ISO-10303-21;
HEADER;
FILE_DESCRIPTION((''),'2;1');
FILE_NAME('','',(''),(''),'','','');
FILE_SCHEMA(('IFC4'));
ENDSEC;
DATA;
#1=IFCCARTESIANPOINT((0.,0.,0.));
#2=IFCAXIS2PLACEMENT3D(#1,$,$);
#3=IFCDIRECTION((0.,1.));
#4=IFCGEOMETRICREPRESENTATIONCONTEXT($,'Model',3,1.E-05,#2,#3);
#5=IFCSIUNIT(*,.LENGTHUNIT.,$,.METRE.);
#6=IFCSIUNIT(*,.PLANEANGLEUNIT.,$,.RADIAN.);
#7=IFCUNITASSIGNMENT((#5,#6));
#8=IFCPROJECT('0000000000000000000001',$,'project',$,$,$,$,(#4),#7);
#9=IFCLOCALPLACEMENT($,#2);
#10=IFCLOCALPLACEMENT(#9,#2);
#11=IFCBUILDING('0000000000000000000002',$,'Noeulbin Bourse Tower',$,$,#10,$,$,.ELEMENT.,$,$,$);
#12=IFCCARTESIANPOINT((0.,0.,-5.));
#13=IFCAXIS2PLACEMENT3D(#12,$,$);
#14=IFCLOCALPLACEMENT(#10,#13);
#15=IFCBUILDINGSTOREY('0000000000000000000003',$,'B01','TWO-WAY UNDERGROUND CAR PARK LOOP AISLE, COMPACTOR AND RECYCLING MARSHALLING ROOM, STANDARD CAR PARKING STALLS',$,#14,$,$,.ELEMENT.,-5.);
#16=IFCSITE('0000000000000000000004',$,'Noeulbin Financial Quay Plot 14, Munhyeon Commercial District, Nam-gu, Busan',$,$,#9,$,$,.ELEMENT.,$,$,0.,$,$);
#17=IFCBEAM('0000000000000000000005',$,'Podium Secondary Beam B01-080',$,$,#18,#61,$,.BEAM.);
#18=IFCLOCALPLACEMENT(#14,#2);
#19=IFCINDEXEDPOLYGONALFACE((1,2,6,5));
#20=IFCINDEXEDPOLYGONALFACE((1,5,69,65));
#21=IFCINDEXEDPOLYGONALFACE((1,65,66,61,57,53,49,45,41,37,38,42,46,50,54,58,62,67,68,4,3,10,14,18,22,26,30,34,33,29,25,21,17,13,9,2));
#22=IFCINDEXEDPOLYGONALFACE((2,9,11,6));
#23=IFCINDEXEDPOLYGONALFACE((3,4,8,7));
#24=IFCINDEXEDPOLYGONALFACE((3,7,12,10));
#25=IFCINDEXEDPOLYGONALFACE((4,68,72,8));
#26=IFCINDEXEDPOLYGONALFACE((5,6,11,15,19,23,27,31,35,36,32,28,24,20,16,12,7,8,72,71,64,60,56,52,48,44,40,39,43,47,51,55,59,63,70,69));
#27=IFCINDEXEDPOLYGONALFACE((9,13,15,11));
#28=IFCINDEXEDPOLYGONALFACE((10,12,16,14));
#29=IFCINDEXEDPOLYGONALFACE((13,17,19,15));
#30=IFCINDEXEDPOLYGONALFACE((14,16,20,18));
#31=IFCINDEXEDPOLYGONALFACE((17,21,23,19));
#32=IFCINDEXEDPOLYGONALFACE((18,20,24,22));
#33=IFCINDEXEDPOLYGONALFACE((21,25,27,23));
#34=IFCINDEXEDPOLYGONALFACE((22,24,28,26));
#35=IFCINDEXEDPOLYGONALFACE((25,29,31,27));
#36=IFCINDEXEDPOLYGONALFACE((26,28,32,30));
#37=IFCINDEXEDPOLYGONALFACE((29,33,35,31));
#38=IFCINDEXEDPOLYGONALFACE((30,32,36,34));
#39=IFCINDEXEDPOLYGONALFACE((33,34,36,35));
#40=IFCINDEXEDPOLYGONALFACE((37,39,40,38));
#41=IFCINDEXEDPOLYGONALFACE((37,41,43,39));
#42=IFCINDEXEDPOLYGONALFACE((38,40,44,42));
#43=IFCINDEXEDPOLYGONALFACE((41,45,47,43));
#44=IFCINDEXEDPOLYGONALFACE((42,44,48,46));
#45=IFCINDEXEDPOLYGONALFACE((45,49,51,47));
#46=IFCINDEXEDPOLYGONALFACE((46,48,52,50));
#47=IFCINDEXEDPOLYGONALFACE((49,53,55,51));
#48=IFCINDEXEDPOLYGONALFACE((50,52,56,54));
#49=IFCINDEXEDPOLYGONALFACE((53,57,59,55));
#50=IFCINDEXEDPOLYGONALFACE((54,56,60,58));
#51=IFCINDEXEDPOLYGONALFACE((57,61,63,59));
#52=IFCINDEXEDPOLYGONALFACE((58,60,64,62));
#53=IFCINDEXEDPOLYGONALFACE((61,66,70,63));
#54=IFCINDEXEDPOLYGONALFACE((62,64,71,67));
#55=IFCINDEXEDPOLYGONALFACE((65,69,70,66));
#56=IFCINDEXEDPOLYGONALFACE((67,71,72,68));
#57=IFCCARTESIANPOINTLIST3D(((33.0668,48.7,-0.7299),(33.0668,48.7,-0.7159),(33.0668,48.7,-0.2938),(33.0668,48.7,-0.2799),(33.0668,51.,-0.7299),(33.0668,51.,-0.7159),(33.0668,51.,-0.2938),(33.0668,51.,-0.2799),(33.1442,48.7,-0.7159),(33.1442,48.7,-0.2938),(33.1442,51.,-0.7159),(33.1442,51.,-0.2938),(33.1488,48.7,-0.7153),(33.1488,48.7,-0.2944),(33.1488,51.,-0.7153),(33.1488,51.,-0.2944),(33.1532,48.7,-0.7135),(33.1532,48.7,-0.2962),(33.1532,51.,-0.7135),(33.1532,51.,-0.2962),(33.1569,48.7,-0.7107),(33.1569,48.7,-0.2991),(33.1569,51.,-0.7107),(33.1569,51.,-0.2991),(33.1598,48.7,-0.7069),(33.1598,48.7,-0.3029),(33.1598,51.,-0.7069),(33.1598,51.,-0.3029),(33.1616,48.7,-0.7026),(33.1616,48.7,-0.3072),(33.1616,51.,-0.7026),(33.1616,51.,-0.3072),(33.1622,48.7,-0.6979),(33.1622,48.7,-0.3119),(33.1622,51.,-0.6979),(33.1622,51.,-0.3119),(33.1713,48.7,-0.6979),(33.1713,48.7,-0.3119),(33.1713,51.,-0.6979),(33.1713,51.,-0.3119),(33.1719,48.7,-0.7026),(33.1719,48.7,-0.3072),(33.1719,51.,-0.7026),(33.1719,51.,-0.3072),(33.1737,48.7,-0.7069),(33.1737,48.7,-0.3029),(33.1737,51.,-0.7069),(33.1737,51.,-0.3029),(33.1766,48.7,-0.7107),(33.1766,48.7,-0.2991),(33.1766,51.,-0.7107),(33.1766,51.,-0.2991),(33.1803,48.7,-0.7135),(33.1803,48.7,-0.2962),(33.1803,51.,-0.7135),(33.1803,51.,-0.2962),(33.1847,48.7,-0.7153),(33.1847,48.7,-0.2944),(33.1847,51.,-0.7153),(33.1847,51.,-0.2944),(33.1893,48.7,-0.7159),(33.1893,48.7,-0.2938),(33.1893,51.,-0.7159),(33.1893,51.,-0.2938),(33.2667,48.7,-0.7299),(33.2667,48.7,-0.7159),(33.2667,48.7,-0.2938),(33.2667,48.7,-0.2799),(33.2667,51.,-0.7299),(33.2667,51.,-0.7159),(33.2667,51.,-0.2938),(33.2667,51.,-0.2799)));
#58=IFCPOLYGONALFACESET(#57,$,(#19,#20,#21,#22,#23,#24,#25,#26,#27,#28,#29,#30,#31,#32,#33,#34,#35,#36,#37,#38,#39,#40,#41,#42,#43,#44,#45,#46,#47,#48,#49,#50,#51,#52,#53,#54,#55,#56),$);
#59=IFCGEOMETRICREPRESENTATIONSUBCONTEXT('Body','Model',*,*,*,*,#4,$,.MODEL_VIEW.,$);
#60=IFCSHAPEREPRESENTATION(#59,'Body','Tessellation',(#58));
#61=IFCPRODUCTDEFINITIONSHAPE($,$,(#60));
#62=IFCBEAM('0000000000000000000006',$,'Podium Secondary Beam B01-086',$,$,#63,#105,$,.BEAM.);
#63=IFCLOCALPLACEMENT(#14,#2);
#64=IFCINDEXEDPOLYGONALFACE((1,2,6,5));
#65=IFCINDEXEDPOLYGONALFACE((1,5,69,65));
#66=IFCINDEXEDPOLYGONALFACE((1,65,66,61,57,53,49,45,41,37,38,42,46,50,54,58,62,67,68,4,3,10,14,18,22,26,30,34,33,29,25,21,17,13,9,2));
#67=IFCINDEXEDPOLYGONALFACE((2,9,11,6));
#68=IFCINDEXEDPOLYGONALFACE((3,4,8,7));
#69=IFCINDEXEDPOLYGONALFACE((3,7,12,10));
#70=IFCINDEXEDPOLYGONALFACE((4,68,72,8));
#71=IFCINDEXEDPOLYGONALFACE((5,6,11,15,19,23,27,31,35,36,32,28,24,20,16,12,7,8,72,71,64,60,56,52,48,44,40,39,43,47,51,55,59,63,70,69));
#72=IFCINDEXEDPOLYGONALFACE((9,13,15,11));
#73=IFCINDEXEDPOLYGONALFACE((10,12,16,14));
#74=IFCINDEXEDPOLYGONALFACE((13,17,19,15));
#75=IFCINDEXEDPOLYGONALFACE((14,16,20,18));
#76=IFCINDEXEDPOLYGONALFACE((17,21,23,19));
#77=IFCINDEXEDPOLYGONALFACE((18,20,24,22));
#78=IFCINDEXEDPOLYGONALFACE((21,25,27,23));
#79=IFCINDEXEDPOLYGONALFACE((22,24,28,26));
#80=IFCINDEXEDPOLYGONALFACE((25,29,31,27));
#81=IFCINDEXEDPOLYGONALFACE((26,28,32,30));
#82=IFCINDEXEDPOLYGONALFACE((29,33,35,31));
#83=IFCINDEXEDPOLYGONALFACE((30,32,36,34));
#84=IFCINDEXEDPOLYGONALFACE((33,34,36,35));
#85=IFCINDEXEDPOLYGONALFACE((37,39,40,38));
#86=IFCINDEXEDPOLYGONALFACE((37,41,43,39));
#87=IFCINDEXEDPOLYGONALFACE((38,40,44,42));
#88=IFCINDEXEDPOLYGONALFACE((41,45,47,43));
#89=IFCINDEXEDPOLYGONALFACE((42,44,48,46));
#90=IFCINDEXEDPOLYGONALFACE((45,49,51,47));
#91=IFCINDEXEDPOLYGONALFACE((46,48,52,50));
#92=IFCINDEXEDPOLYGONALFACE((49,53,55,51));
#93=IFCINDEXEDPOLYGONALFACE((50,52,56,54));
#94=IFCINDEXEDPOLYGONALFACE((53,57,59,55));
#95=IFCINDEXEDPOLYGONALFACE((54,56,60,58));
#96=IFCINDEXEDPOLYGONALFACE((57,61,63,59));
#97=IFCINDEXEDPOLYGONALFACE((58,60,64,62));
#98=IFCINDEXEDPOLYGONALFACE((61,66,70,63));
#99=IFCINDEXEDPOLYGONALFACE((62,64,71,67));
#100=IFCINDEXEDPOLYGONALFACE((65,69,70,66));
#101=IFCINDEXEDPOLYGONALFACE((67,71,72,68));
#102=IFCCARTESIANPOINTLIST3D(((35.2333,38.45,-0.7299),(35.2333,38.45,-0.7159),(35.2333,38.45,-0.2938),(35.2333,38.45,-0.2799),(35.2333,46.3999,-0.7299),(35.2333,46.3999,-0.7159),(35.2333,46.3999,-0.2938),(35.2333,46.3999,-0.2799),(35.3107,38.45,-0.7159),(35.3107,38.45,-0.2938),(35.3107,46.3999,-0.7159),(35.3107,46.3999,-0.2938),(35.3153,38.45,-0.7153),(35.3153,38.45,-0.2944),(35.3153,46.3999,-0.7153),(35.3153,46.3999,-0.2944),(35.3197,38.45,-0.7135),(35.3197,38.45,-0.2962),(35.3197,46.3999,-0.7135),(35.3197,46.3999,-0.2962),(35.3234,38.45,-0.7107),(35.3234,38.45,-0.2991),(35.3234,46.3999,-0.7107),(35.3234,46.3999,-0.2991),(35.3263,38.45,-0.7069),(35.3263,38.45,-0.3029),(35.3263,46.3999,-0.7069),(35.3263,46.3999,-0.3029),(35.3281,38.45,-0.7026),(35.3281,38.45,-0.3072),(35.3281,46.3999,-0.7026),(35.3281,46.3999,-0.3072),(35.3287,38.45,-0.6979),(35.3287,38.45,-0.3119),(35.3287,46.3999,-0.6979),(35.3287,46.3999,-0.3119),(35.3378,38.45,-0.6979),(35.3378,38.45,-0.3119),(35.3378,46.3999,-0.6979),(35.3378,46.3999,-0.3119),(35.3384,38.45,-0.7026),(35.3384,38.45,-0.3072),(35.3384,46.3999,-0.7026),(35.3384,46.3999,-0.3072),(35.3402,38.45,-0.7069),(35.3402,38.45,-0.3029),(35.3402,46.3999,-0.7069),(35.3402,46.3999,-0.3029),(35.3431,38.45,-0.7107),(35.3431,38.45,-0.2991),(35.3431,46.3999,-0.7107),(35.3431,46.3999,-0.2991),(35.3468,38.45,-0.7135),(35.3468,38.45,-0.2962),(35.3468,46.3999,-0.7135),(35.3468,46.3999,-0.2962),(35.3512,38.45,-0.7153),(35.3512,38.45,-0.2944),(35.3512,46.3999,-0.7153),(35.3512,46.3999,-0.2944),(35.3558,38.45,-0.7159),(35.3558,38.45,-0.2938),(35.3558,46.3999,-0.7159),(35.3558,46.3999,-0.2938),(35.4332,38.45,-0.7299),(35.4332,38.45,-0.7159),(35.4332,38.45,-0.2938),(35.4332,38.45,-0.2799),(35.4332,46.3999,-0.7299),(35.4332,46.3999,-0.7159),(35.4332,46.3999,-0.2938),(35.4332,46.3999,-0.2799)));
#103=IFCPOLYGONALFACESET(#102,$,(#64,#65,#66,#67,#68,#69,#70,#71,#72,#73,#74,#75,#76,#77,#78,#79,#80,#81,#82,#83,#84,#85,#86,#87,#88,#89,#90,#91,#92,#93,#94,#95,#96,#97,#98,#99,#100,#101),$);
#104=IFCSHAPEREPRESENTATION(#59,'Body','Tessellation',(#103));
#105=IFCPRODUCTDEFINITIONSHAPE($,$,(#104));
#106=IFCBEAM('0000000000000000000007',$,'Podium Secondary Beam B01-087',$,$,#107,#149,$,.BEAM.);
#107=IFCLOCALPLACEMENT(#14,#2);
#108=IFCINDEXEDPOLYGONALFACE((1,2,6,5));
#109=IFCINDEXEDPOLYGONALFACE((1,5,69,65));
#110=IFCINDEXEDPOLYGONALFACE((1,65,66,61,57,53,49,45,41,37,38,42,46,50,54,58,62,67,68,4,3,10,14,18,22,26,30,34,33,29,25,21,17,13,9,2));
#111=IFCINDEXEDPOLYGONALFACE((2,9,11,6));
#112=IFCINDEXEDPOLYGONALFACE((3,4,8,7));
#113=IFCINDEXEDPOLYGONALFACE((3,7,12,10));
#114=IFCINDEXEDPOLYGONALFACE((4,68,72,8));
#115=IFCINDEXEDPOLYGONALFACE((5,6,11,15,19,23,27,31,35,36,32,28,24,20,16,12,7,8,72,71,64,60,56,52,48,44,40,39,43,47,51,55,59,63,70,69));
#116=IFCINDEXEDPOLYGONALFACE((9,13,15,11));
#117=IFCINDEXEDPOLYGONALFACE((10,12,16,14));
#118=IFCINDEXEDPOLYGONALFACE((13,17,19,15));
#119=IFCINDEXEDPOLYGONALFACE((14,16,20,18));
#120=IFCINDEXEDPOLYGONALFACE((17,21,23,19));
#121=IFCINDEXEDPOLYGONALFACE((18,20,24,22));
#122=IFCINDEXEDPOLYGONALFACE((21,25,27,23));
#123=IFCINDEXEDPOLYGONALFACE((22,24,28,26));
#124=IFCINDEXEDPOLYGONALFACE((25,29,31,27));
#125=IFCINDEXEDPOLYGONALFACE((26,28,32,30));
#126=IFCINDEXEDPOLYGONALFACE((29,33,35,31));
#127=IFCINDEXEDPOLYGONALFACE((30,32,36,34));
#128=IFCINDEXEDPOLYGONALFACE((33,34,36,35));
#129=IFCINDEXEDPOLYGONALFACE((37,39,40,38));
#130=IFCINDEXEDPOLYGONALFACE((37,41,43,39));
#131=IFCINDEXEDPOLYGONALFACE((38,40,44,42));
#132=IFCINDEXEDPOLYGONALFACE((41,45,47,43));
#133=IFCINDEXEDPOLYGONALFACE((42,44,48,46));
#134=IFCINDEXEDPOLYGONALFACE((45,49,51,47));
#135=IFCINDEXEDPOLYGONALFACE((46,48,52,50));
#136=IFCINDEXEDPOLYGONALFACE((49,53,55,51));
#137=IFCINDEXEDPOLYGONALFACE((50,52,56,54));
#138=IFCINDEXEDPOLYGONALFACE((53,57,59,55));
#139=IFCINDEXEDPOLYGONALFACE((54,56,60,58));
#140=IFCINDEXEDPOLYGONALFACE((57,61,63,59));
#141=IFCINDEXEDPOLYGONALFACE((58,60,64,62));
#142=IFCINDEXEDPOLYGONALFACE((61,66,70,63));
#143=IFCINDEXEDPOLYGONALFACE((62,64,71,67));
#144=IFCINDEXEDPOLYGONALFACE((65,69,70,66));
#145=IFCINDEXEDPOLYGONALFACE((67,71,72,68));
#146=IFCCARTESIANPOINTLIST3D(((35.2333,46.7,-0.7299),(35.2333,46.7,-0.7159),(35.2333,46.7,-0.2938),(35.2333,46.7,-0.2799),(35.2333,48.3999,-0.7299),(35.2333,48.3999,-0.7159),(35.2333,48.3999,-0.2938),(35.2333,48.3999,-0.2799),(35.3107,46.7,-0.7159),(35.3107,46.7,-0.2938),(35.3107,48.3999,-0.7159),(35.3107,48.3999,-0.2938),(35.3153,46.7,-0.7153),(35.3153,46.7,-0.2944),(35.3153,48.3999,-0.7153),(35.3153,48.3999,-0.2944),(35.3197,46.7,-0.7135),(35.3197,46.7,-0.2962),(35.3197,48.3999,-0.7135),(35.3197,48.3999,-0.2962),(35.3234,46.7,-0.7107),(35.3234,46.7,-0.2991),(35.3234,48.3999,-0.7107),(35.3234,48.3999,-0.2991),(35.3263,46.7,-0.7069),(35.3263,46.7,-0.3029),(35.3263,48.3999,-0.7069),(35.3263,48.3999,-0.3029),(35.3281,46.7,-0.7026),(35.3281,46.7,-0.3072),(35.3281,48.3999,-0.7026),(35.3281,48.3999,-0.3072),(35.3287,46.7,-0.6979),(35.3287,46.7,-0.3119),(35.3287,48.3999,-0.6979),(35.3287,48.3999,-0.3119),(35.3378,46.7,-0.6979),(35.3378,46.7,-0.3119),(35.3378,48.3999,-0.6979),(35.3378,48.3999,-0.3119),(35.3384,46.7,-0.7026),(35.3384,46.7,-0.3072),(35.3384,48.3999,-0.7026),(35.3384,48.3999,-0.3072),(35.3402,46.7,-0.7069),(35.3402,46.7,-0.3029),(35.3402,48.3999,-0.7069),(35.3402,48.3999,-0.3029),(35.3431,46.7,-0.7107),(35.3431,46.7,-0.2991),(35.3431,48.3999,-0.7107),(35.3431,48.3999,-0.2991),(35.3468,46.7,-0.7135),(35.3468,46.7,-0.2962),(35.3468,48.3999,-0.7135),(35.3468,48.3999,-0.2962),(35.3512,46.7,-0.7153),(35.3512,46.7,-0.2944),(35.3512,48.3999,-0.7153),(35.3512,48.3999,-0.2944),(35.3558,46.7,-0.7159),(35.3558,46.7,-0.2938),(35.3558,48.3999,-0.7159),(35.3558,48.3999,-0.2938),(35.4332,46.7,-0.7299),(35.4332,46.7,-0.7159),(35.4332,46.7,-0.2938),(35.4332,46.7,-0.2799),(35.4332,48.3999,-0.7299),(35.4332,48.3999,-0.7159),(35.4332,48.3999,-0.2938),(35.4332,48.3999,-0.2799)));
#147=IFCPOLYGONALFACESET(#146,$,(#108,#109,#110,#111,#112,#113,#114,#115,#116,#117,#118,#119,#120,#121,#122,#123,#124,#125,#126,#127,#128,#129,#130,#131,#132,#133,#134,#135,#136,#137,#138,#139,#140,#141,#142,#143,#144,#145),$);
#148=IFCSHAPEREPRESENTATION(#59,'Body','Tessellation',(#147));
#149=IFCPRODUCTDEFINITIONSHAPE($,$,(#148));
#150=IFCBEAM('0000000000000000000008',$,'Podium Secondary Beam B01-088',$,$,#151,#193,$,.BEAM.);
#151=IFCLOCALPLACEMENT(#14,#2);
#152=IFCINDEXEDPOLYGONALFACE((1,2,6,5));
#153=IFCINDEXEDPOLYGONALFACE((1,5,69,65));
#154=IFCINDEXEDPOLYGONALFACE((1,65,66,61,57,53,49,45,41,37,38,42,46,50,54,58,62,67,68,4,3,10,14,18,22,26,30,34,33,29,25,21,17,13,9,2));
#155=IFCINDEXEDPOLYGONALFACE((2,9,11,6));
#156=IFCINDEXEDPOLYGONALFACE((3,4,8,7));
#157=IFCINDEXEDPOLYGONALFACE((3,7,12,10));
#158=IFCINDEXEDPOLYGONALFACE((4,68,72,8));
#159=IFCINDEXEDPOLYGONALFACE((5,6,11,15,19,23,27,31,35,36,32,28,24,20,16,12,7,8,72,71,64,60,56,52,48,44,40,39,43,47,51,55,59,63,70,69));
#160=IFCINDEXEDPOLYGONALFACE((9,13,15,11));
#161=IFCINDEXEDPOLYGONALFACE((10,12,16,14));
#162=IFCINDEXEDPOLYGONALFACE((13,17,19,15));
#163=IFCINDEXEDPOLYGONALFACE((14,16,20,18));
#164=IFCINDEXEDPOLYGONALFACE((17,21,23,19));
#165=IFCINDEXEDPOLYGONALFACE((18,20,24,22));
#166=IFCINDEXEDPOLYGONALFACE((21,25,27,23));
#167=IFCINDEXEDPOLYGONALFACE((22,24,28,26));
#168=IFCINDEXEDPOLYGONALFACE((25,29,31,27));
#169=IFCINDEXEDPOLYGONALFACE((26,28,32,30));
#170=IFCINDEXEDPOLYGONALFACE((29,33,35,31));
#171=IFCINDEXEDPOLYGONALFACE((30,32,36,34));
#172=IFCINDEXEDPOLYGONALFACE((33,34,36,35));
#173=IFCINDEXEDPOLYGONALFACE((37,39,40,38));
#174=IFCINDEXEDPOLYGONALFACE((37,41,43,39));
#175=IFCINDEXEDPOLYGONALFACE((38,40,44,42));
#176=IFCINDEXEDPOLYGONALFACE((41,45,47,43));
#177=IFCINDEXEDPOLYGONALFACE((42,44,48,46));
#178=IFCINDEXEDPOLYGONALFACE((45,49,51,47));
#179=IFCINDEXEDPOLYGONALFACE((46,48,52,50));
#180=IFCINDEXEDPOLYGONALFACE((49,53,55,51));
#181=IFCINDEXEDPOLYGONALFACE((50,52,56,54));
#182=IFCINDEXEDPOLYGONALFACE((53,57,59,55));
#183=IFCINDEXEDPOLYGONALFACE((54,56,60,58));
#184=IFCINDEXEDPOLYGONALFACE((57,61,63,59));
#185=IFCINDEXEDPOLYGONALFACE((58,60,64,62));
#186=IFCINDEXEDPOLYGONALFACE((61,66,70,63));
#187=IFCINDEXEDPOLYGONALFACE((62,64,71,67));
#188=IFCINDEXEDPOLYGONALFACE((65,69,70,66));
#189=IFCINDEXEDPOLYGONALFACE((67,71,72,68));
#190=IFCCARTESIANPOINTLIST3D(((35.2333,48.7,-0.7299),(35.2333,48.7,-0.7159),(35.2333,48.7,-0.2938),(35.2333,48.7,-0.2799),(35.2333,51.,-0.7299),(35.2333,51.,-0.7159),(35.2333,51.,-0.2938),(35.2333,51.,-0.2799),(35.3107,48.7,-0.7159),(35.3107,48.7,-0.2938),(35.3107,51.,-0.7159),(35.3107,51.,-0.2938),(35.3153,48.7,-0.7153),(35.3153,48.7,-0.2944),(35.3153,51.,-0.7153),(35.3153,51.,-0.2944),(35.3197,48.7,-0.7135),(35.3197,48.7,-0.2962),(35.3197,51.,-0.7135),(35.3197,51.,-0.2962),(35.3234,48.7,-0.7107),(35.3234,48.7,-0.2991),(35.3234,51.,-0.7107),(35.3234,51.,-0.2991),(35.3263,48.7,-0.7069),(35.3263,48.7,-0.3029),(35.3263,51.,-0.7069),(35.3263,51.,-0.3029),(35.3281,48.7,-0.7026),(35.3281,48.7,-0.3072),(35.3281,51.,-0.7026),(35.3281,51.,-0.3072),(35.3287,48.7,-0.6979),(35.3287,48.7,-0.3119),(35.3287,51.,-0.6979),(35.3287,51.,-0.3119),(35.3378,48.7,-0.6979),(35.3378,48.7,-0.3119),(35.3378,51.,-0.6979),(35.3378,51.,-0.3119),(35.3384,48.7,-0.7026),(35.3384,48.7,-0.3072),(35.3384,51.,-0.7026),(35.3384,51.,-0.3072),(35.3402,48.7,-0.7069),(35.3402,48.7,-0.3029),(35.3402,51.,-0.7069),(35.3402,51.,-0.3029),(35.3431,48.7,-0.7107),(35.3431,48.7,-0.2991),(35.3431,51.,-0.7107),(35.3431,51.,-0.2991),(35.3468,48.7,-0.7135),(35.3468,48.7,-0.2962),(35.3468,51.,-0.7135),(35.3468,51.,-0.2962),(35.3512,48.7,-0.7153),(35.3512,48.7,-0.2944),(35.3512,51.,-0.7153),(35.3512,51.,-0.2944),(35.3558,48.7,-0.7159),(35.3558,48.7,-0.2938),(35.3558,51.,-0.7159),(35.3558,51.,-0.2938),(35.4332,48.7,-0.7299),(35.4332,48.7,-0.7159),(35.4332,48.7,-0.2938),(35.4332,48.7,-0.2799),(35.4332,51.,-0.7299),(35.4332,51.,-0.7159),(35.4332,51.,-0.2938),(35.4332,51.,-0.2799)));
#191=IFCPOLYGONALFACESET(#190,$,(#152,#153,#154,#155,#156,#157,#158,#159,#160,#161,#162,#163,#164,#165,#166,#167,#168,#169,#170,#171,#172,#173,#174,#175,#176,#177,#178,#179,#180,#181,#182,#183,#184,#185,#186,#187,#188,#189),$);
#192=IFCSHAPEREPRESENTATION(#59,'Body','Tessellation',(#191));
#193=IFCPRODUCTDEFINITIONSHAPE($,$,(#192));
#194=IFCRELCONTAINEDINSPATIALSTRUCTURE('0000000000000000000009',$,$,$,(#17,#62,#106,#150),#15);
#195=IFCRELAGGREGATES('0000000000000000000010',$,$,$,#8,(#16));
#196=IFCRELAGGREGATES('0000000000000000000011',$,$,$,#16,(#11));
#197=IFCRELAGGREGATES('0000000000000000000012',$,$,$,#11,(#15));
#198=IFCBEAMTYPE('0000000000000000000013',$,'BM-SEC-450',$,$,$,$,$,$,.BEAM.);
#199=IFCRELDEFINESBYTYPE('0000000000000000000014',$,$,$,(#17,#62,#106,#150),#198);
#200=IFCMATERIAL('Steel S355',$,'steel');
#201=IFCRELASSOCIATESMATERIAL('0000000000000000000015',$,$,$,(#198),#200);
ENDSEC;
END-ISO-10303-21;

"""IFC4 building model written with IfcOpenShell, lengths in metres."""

from ifc_helpers import new_model, si_unit, direction, frame, origin, origin_2d, place, context, subcontext, project, spatial, i_section, extrude, material, material_profile, profile_set, type_object, element, save


model = new_model("IFC4")

# Units and contexts
model_context = context("Model", 3, precision=1e-05, world=origin(), true_north=direction((0.0, 1.0)))
body_context = subcontext(model_context, "Body", "Model", "MODEL_VIEW")
ifc_project = project(units=[si_unit("LENGTHUNIT", "METRE"), si_unit("PLANEANGLEUNIT", "RADIAN")], contexts=[model_context])

# Site, building, storey
site_placement = place(None, origin())
site = spatial("IfcSite", under=ifc_project, at=site_placement, Name="Noeulbin Financial Quay Plot 14, Munhyeon Commercial District, Nam-gu, Busan", CompositionType="ELEMENT", RefElevation=0.0)
building_placement = place(site_placement, origin())
building = spatial("IfcBuilding", under=site, at=building_placement, Name="Noeulbin Bourse Tower", CompositionType="ELEMENT")
storey_placement = place(building_placement, frame((0.0, 0.0, -5.0)))
storey = spatial("IfcBuildingStorey", under=building, at=storey_placement, Name="B01", Description="TWO-WAY UNDERGROUND CAR PARK LOOP AISLE, COMPACTOR AND RECYCLING MARSHALLING ROOM, STANDARD CAR PARKING STALLS", CompositionType="ELEMENT", Elevation=-5.0)

# Beams
ifc_material_1 = material(Name="Steel S355", Category="steel")
ifc_material_profile_1 = material_profile(ifc_material_1, i_section(OverallWidth=0.2, OverallDepth=0.45, WebThickness=0.009, FlangeThickness=0.0139, FilletRadius=0.0181, at=origin_2d()), Name="H-450x200x9x14", Category="LoadBearing")
ifc_profile_set_1 = profile_set([ifc_material_profile_1], Name="Steel S355")
beam_type_1 = type_object("IfcBeamType", Name="BM-SEC-450", PredefinedType="BEAM", material=ifc_profile_set_1)
beam_1_placement = place(storey_placement, frame((33.1667, 48.7, -0.5049), z_axis=(0.0, 1.0, 0.0), x_axis=(-1.0, 0.0, 0.0)))
element("IfcBeam", 1, at=beam_1_placement, inside=storey, type_object=beam_type_1, Name="Podium Secondary Beam B01-080", PredefinedType="BEAM", context=body_context, shape_type="SweptSolid", body=[
    extrude(i_section(OverallWidth=0.2, OverallDepth=0.45, WebThickness=0.009, FlangeThickness=0.0139, FilletRadius=0.0181, at=origin_2d()), origin(), (0.0, 0.0, 1.0), 2.3),
])
beam_2_placement = place(storey_placement, frame((35.3333, 38.45, -0.5049), z_axis=(0.0, 1.0, 0.0), x_axis=(-1.0, 0.0, 0.0)))
element("IfcBeam", 2, at=beam_2_placement, inside=storey, type_object=beam_type_1, Name="Podium Secondary Beam B01-086", PredefinedType="BEAM", context=body_context, shape_type="SweptSolid", body=[
    extrude(i_section(OverallWidth=0.2, OverallDepth=0.45, WebThickness=0.009, FlangeThickness=0.0139, FilletRadius=0.0181, at=origin_2d()), origin(), (0.0, 0.0, 1.0), 7.95),
])
beam_3_placement = place(storey_placement, frame((35.3333, 46.7, -0.5049), z_axis=(0.0, 1.0, 0.0), x_axis=(-1.0, 0.0, 0.0)))
element("IfcBeam", 3, at=beam_3_placement, inside=storey, type_object=beam_type_1, Name="Podium Secondary Beam B01-087", PredefinedType="BEAM", context=body_context, shape_type="SweptSolid", body=[
    extrude(i_section(OverallWidth=0.2, OverallDepth=0.45, WebThickness=0.009, FlangeThickness=0.0139, FilletRadius=0.0181, at=origin_2d()), origin(), (0.0, 0.0, 1.0), 1.7),
])
beam_4_placement = place(storey_placement, frame((35.3333, 48.7, -0.5049), z_axis=(0.0, 1.0, 0.0), x_axis=(-1.0, 0.0, 0.0)))
element("IfcBeam", 4, at=beam_4_placement, inside=storey, type_object=beam_type_1, Name="Podium Secondary Beam B01-088", PredefinedType="BEAM", context=body_context, shape_type="SweptSolid", body=[
    extrude(i_section(OverallWidth=0.2, OverallDepth=0.45, WebThickness=0.009, FlangeThickness=0.0139, FilletRadius=0.0181, at=origin_2d()), origin(), (0.0, 0.0, 1.0), 2.3),
])

save(model, "model.ifc")
